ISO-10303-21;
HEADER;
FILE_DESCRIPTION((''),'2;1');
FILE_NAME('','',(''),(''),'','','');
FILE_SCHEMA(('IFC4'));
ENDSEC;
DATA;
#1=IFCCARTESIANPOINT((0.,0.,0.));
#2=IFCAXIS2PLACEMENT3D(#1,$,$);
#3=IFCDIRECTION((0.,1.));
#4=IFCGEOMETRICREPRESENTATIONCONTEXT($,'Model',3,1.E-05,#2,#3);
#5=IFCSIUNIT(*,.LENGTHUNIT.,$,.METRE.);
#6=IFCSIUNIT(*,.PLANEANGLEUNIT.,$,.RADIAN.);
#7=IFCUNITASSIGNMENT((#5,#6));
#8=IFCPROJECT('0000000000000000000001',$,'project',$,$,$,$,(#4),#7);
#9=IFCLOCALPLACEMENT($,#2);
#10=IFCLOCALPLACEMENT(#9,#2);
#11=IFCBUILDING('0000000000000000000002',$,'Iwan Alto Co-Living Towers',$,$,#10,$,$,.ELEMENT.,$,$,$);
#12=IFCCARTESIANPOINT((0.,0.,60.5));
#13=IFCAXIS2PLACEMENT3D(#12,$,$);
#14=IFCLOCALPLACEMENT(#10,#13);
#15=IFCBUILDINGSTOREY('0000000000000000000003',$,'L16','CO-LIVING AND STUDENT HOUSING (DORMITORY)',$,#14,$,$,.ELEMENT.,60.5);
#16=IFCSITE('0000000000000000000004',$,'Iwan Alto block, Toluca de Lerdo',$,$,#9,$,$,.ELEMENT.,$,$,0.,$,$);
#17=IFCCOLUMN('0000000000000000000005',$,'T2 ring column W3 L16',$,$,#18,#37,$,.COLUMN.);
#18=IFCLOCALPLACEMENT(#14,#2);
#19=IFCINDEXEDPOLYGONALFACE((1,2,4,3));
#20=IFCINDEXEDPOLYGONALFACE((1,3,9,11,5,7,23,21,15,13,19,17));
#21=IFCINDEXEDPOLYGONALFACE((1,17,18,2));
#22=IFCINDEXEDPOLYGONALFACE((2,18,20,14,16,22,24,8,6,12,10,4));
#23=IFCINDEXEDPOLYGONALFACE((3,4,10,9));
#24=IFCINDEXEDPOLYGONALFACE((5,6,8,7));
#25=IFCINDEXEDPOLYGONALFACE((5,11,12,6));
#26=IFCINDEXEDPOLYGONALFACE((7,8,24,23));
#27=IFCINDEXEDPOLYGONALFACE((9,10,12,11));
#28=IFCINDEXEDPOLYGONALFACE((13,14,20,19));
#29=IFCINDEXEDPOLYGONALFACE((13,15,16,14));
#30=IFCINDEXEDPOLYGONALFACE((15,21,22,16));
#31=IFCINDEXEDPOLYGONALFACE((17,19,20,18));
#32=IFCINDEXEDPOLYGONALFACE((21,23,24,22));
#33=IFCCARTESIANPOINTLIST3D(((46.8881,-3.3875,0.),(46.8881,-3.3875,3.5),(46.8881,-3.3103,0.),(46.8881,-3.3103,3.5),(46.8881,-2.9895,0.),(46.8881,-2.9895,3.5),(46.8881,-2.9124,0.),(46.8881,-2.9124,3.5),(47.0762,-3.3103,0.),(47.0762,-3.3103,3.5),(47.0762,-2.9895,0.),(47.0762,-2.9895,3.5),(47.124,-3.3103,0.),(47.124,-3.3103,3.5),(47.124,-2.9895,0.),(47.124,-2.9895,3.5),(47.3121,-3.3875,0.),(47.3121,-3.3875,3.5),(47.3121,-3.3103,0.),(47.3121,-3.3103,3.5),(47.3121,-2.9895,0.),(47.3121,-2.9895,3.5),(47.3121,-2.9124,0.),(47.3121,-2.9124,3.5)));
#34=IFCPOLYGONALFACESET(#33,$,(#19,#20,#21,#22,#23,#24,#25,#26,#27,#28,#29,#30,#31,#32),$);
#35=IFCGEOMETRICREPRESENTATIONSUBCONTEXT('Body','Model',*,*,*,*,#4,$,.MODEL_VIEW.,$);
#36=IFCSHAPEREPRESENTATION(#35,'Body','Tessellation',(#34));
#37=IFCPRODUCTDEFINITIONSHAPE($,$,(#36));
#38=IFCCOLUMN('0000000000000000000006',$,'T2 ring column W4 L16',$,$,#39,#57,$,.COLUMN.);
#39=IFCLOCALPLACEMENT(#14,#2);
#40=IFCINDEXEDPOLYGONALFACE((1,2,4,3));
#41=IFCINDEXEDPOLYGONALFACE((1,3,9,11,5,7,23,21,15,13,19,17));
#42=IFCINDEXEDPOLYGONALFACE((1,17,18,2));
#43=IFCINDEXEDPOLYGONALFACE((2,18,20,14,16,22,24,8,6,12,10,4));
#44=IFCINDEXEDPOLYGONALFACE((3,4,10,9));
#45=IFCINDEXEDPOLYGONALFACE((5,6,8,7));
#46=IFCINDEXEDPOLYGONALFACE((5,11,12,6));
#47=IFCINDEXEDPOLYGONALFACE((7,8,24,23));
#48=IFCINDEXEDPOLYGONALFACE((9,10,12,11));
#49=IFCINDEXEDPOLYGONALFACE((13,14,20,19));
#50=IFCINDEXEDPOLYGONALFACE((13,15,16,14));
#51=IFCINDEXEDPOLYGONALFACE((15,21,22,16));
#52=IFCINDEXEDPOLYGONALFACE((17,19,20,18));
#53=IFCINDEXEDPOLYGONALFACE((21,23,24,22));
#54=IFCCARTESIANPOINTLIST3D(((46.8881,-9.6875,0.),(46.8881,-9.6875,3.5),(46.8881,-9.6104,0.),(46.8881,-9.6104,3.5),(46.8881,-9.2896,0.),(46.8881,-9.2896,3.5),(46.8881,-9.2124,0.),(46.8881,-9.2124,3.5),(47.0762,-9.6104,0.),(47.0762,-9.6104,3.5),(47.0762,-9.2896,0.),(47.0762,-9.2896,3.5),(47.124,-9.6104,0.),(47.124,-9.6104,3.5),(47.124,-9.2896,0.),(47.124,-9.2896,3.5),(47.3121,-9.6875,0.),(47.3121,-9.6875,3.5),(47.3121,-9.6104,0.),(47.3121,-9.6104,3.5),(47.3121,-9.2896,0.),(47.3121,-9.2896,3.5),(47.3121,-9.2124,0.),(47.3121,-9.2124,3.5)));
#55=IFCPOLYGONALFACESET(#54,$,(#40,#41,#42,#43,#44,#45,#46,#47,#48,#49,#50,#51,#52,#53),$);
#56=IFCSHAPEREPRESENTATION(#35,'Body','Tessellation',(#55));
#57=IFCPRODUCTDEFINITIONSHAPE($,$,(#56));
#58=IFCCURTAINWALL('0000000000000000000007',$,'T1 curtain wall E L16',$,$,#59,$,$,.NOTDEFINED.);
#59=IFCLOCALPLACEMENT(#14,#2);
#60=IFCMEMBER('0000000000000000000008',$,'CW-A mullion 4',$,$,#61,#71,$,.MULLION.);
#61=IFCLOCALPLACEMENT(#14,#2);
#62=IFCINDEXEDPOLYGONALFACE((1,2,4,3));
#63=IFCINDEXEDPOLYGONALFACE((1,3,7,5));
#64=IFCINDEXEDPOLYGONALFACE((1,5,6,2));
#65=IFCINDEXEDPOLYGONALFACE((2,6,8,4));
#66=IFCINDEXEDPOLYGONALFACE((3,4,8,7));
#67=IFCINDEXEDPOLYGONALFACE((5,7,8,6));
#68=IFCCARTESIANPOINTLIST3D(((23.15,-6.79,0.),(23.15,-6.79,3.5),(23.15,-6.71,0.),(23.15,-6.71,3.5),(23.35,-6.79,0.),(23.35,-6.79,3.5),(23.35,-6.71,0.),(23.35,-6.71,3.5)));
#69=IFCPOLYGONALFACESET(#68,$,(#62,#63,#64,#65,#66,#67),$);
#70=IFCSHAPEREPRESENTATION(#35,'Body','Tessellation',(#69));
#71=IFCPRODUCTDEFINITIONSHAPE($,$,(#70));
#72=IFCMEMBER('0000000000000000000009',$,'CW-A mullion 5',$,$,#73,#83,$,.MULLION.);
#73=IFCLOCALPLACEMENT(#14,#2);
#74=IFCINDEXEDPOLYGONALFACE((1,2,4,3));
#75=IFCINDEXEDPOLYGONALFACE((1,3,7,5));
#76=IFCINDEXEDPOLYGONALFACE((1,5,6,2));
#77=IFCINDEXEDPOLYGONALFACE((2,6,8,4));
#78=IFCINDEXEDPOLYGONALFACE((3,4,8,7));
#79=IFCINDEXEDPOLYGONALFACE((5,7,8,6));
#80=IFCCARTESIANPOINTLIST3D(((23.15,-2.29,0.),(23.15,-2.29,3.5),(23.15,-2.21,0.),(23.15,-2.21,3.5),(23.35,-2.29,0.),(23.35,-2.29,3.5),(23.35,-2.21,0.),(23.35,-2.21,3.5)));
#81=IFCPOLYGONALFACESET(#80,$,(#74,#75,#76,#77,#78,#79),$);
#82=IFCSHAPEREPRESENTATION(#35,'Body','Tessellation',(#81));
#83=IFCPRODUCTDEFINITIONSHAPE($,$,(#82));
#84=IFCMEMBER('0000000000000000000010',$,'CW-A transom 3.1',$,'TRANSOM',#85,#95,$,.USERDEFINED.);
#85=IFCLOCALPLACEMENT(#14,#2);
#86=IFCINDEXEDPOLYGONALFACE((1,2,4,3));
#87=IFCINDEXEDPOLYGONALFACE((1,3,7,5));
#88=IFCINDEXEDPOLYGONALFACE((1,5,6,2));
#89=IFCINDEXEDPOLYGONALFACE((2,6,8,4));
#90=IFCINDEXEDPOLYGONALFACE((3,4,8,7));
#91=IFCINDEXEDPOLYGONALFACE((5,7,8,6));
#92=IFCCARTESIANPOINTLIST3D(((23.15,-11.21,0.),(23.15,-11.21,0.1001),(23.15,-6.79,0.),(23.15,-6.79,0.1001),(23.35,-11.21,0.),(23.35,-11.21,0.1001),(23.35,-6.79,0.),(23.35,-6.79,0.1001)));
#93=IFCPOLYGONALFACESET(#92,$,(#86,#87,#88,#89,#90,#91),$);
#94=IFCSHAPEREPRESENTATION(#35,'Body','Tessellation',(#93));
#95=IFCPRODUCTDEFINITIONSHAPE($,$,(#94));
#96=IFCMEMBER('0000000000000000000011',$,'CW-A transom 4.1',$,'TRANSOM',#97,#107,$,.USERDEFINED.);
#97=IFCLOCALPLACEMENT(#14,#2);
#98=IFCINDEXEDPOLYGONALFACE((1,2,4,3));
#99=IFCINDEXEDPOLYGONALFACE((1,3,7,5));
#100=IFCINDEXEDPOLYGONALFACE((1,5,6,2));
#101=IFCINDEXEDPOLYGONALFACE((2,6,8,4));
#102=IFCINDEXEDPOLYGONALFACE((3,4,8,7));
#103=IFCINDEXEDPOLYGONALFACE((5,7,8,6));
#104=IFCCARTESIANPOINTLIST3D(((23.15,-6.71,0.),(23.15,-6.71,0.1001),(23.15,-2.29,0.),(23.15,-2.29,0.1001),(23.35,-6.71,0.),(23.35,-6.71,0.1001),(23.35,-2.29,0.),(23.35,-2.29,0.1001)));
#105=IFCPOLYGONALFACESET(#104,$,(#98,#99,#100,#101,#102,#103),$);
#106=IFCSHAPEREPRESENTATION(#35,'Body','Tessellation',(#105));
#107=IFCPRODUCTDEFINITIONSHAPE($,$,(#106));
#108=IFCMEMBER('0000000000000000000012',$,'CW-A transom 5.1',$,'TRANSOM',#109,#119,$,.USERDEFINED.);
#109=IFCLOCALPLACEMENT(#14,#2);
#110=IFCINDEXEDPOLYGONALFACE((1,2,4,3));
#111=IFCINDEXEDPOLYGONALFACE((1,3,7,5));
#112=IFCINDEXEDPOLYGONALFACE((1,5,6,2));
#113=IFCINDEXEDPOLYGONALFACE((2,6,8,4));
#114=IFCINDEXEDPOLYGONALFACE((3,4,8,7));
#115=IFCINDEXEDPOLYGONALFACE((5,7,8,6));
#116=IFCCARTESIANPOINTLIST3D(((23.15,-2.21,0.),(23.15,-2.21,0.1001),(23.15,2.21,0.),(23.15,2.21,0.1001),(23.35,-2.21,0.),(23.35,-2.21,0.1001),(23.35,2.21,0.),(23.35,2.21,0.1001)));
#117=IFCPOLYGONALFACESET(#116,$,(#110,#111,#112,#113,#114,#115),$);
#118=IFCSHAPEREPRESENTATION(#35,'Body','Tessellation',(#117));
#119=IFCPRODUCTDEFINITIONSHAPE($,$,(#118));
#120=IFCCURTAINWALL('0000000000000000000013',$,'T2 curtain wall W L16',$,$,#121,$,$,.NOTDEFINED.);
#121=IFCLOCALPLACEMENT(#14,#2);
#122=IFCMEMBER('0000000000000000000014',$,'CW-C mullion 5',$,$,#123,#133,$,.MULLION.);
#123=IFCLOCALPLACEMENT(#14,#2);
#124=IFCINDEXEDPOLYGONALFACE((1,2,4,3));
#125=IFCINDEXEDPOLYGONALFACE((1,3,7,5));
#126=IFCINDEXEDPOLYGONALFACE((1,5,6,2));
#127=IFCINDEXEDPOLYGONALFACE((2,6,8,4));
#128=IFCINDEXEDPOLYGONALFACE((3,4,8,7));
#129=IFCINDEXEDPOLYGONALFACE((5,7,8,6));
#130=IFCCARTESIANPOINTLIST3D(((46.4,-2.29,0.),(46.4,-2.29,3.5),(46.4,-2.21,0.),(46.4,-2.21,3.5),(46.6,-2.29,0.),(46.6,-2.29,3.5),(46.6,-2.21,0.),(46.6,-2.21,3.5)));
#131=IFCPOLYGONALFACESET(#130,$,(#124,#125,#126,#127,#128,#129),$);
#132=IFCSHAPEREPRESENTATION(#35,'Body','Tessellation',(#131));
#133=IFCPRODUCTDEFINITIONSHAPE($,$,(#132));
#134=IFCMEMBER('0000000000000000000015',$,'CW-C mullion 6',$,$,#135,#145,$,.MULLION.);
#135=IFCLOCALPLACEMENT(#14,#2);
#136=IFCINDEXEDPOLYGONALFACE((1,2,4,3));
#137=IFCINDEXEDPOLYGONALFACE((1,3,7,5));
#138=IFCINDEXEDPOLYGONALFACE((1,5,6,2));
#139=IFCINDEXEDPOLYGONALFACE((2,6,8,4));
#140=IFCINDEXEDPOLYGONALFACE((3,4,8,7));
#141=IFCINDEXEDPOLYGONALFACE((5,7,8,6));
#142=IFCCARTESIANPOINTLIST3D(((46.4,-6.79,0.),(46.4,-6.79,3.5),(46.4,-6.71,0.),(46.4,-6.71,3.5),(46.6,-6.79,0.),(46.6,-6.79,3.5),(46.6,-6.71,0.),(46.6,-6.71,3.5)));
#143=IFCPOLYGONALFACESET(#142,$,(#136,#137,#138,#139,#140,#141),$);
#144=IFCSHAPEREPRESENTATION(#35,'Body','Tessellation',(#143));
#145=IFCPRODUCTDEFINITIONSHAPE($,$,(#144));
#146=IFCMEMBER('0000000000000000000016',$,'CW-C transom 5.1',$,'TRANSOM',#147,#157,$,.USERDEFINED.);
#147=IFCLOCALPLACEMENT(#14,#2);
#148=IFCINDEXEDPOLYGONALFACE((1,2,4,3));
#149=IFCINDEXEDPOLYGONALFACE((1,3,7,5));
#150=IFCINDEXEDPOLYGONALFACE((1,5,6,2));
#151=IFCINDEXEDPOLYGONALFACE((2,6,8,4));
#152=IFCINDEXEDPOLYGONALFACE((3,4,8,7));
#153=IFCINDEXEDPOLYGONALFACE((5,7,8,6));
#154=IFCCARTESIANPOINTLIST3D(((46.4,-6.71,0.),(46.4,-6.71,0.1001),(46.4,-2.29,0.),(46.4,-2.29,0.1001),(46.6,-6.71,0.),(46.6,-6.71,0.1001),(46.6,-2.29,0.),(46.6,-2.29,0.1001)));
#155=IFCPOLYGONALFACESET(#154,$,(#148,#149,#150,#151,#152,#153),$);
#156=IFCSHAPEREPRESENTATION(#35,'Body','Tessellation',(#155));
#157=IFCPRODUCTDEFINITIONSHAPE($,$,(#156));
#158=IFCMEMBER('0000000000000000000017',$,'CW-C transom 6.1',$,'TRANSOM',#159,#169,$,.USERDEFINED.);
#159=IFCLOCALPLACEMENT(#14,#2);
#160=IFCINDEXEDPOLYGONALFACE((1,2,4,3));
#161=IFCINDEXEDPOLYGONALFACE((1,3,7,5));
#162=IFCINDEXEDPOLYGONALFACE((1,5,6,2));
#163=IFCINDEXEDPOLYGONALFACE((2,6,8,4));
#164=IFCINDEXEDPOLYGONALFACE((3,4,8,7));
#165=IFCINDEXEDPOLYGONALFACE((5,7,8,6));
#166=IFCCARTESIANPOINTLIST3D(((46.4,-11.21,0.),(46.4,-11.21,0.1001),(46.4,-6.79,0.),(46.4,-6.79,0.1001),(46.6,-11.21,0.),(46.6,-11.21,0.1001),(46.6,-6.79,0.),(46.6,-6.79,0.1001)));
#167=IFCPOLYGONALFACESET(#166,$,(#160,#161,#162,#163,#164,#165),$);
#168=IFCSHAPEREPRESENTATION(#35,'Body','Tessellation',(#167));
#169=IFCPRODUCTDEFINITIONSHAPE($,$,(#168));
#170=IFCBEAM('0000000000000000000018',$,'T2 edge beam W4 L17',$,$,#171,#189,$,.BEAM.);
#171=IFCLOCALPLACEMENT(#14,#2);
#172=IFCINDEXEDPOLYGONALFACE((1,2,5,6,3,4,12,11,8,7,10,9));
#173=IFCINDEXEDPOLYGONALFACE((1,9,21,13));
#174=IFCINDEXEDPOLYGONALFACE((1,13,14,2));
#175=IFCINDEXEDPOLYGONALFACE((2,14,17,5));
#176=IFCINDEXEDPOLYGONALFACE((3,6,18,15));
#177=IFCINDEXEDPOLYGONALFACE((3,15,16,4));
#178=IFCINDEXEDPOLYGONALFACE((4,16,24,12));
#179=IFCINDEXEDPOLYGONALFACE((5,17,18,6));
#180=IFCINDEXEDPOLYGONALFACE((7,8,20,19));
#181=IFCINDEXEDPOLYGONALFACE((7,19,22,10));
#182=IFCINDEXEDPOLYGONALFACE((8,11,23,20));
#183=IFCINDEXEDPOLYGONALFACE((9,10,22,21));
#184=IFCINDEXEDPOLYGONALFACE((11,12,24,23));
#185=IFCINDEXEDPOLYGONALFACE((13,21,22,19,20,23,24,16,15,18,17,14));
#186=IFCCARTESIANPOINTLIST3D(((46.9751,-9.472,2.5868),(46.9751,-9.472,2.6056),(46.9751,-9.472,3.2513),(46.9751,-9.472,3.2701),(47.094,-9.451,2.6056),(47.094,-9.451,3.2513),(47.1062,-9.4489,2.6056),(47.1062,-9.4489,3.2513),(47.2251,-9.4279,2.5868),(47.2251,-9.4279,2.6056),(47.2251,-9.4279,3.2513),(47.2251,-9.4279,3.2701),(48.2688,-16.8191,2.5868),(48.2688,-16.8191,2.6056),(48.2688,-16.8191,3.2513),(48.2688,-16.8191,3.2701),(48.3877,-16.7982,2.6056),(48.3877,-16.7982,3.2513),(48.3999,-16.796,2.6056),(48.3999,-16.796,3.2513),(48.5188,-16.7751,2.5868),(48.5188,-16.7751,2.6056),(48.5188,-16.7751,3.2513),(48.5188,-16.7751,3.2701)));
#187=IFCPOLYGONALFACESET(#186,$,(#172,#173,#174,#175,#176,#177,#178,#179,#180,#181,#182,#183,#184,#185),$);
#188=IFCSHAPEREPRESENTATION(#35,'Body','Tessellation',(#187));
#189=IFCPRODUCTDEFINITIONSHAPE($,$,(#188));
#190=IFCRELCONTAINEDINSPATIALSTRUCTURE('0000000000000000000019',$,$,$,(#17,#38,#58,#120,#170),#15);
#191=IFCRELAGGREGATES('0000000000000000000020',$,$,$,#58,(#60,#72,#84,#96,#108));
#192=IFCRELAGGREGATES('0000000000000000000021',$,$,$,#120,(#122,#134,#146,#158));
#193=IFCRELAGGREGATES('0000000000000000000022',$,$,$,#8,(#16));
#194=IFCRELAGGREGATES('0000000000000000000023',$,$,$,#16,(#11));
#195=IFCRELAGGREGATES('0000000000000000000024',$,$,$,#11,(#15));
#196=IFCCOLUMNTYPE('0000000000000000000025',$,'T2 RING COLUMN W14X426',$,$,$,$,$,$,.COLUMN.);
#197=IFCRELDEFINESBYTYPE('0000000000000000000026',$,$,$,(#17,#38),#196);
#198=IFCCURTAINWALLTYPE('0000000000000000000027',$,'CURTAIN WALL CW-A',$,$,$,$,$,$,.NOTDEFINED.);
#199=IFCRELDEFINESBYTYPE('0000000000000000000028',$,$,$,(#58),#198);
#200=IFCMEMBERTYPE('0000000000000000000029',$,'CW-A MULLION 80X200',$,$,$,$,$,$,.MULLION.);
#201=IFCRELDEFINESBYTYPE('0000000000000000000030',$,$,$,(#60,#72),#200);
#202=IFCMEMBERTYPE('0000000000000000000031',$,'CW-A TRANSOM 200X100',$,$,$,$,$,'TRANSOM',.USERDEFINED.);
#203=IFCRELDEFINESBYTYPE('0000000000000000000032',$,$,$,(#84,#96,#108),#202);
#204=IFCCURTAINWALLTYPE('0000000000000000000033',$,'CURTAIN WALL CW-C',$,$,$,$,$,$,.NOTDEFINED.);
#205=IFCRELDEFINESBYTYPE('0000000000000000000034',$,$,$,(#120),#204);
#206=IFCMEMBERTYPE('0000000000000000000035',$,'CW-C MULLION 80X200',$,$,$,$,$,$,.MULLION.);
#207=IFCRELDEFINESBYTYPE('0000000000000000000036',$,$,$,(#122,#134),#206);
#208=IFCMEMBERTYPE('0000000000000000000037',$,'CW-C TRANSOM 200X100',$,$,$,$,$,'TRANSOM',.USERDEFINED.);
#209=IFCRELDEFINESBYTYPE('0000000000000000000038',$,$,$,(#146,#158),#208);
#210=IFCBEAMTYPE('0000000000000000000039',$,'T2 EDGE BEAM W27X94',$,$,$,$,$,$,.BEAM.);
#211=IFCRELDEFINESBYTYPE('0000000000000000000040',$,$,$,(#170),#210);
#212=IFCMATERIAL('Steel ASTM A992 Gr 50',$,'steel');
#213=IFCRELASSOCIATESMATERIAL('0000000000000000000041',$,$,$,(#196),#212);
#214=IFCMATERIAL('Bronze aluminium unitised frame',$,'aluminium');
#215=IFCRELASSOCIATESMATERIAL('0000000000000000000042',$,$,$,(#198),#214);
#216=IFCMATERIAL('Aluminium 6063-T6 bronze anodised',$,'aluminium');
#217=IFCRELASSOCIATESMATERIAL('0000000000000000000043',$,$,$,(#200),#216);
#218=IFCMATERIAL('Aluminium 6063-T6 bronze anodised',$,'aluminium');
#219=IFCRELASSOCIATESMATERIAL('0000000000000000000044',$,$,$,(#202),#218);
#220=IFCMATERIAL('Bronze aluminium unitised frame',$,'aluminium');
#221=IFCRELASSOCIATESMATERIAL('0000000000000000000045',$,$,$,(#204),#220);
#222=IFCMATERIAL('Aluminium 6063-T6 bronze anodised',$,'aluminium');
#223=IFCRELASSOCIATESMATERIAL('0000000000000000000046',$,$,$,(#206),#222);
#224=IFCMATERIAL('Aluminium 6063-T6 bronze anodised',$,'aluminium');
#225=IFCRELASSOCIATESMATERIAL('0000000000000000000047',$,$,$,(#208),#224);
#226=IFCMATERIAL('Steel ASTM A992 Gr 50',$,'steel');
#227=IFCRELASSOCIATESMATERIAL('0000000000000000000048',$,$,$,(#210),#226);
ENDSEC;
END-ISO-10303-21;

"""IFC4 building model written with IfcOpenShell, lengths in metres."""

from ifc_helpers import new_model, si_unit, direction, frame, origin, origin_2d, place, context, subcontext, project, spatial, rectangle, i_section, extrude, material, material_profile, profile_set, type_object, element, aggregate, save


model = new_model("IFC4")

# Units and contexts
model_context = context("Model", 3, precision=1e-05, world=origin(), true_north=direction((0.0, 1.0)))
body_context = subcontext(model_context, "Body", "Model", "MODEL_VIEW")
ifc_project = project(units=[si_unit("LENGTHUNIT", "METRE"), si_unit("PLANEANGLEUNIT", "RADIAN")], contexts=[model_context])

# Site, building, storey
site_placement = place(None, origin())
site = spatial("IfcSite", under=ifc_project, at=site_placement, Name="Iwan Alto block, Toluca de Lerdo", CompositionType="ELEMENT", RefElevation=0.0)
building_placement = place(site_placement, origin())
building = spatial("IfcBuilding", under=site, at=building_placement, Name="Iwan Alto Co-Living Towers", CompositionType="ELEMENT")
storey_placement = place(building_placement, frame((0.0, 0.0, 60.5)))
storey = spatial("IfcBuildingStorey", under=building, at=storey_placement, Name="L16", Description="CO-LIVING AND STUDENT HOUSING (DORMITORY)", CompositionType="ELEMENT", Elevation=60.5)

# Columns
ifc_material_1 = material(Name="Steel ASTM A992 Gr 50", Category="steel")
ifc_material_profile_1 = material_profile(ifc_material_1, i_section(OverallWidth=0.4241, OverallDepth=0.4751, WebThickness=0.0479, FlangeThickness=0.0771, at=origin_2d()), Name="W14X426")
ifc_profile_set_1 = profile_set([ifc_material_profile_1], Name="Steel ASTM A992 Gr 50")
column_type = type_object("IfcColumnType", Name="T2 RING COLUMN W14X426", PredefinedType="COLUMN", material=ifc_profile_set_1)
for number, where, z_axis, x_axis, name in (
    (1, (47.1001, -3.1499, 0.0), (0.0, 0.0, 1.0), (1.0, 0.0, 0.0), "T2 ring column W3 L16"),
    (2, (47.1001, -9.45, 0.0), (0.0, 0.0, 1.0), (1.0, 0.0, 0.0), "T2 ring column W4 L16"),
):
    element("IfcColumn", number, at=place(storey_placement, frame(where, z_axis=z_axis, x_axis=x_axis)), inside=storey, type_object=column_type, Name=name, PredefinedType="COLUMN", context=body_context, shape_type="SweptSolid", body=[
        extrude(i_section(OverallWidth=0.4241, OverallDepth=0.4751, WebThickness=0.0479, FlangeThickness=0.0771, at=origin_2d()), origin(), (0.0, 0.0, 1.0), 3.5),
    ])

# Curtain walls, members
ifc_material_2 = material(Name="Bronze aluminium unitised frame", Category="aluminium")
curtain_wall_type_1 = type_object("IfcCurtainWallType", Name="CURTAIN WALL CW-A", PredefinedType="NOTDEFINED", material=ifc_material_2)
curtain_wall_1_placement = place(storey_placement, origin())
curtain_wall_1 = element("IfcCurtainWall", 3, at=curtain_wall_1_placement, inside=storey, type_object=curtain_wall_type_1, Name="T1 curtain wall E L16", PredefinedType="NOTDEFINED")
ifc_material_3 = material(Name="Aluminium 6063-T6 bronze anodised", Category="aluminium")
ifc_material_profile_2 = material_profile(ifc_material_3, rectangle(XDim=0.2, YDim=0.0801, at=origin_2d()), Name="AL 80X200")
ifc_profile_set_2 = profile_set([ifc_material_profile_2], Name="Aluminium 6063-T6 bronze anodised")
member_type_1 = type_object("IfcMemberType", Name="CW-A MULLION 80X200", PredefinedType="MULLION", material=ifc_profile_set_2)
member_1_placement = place(storey_placement, frame((23.25, -6.75, 0.0), z_axis=(0.0, 0.0, 1.0), x_axis=(-1.0, 0.0, 0.0)))
member_1 = element("IfcMember", 4, at=member_1_placement, type_object=member_type_1, Name="CW-A mullion 4", PredefinedType="MULLION", context=body_context, shape_type="SweptSolid", body=[
    extrude(rectangle(XDim=0.2, YDim=0.0801, at=origin_2d()), origin(), (0.0, 0.0, 1.0), 3.5),
])
member_2_placement = place(storey_placement, frame((23.25, -2.25, 0.0), z_axis=(0.0, 0.0, 1.0), x_axis=(-1.0, 0.0, 0.0)))
member_2 = element("IfcMember", 5, at=member_2_placement, type_object=member_type_1, Name="CW-A mullion 5", PredefinedType="MULLION", context=body_context, shape_type="SweptSolid", body=[
    extrude(rectangle(XDim=0.2, YDim=0.0801, at=origin_2d()), origin(), (0.0, 0.0, 1.0), 3.5),
])
ifc_material_4 = material(Name="Aluminium 6063-T6 bronze anodised", Category="aluminium")
ifc_material_profile_3 = material_profile(ifc_material_4, rectangle(XDim=0.2, YDim=0.1001, at=origin_2d()), Name="AL 200X100")
ifc_profile_set_3 = profile_set([ifc_material_profile_3], Name="Aluminium 6063-T6 bronze anodised")
member_type_2 = type_object("IfcMemberType", Name="CW-A TRANSOM 200X100", ElementType="TRANSOM", PredefinedType="USERDEFINED", material=ifc_profile_set_3)
member_3_placement = place(storey_placement, frame((23.25, -11.21, 0.05), z_axis=(0.0, 1.0, 0.0), x_axis=(-1.0, 0.0, 0.0)))
member_3 = element("IfcMember", 6, at=member_3_placement, type_object=member_type_2, Name="CW-A transom 3.1", ObjectType="TRANSOM", PredefinedType="USERDEFINED", context=body_context, shape_type="SweptSolid", body=[
    extrude(rectangle(XDim=0.2, YDim=0.1001, at=origin_2d()), origin(), (0.0, 0.0, 1.0), 4.4199),
])
member_4_placement = place(storey_placement, frame((23.25, -6.71, 0.05), z_axis=(0.0, 1.0, 0.0), x_axis=(-1.0, 0.0, 0.0)))
member_4 = element("IfcMember", 7, at=member_4_placement, type_object=member_type_2, Name="CW-A transom 4.1", ObjectType="TRANSOM", PredefinedType="USERDEFINED", context=body_context, shape_type="SweptSolid", body=[
    extrude(rectangle(XDim=0.2, YDim=0.1001, at=origin_2d()), origin(), (0.0, 0.0, 1.0), 4.4199),
])
member_5_placement = place(storey_placement, frame((23.25, -2.21, 0.05), z_axis=(0.0, 1.0, 0.0), x_axis=(-1.0, 0.0, 0.0)))
member_5 = element("IfcMember", 8, at=member_5_placement, type_object=member_type_2, Name="CW-A transom 5.1", ObjectType="TRANSOM", PredefinedType="USERDEFINED", context=body_context, shape_type="SweptSolid", body=[
    extrude(rectangle(XDim=0.2, YDim=0.1001, at=origin_2d()), origin(), (0.0, 0.0, 1.0), 4.4199),
])
ifc_material_5 = material(Name="Bronze aluminium unitised frame", Category="aluminium")
curtain_wall_type_2 = type_object("IfcCurtainWallType", Name="CURTAIN WALL CW-C", PredefinedType="NOTDEFINED", material=ifc_material_5)
curtain_wall_2_placement = place(storey_placement, origin())
curtain_wall_2 = element("IfcCurtainWall", 9, at=curtain_wall_2_placement, inside=storey, type_object=curtain_wall_type_2, Name="T2 curtain wall W L16", PredefinedType="NOTDEFINED")
ifc_material_6 = material(Name="Aluminium 6063-T6 bronze anodised", Category="aluminium")
ifc_material_profile_4 = material_profile(ifc_material_6, rectangle(XDim=0.2, YDim=0.0801, at=origin_2d()), Name="AL 80X200")
ifc_profile_set_4 = profile_set([ifc_material_profile_4], Name="Aluminium 6063-T6 bronze anodised")
member_type_3 = type_object("IfcMemberType", Name="CW-C MULLION 80X200", PredefinedType="MULLION", material=ifc_profile_set_4)
member_6_placement = place(storey_placement, frame((46.5, -2.25, 0.0), z_axis=(0.0, 0.0, 1.0), x_axis=(1.0, 0.0, 0.0)))
member_6 = element("IfcMember", 10, at=member_6_placement, type_object=member_type_3, Name="CW-C mullion 5", PredefinedType="MULLION", context=body_context, shape_type="SweptSolid", body=[
    extrude(rectangle(XDim=0.2, YDim=0.0801, at=origin_2d()), origin(), (0.0, 0.0, 1.0), 3.5),
])
member_7_placement = place(storey_placement, frame((46.5, -6.75, 0.0), z_axis=(0.0, 0.0, 1.0), x_axis=(1.0, 0.0, 0.0)))
member_7 = element("IfcMember", 11, at=member_7_placement, type_object=member_type_3, Name="CW-C mullion 6", PredefinedType="MULLION", context=body_context, shape_type="SweptSolid", body=[
    extrude(rectangle(XDim=0.2, YDim=0.0801, at=origin_2d()), origin(), (0.0, 0.0, 1.0), 3.5),
])
ifc_material_7 = material(Name="Aluminium 6063-T6 bronze anodised", Category="aluminium")
ifc_material_profile_5 = material_profile(ifc_material_7, rectangle(XDim=0.2, YDim=0.1001, at=origin_2d()), Name="AL 200X100")
ifc_profile_set_5 = profile_set([ifc_material_profile_5], Name="Aluminium 6063-T6 bronze anodised")
member_type_4 = type_object("IfcMemberType", Name="CW-C TRANSOM 200X100", ElementType="TRANSOM", PredefinedType="USERDEFINED", material=ifc_profile_set_5)
member_8_placement = place(storey_placement, frame((46.5, -2.29, 0.05), z_axis=(0.0, -1.0, 0.0), x_axis=(1.0, 0.0, 0.0)))
member_8 = element("IfcMember", 12, at=member_8_placement, type_object=member_type_4, Name="CW-C transom 5.1", ObjectType="TRANSOM", PredefinedType="USERDEFINED", context=body_context, shape_type="SweptSolid", body=[
    extrude(rectangle(XDim=0.2, YDim=0.1001, at=origin_2d()), origin(), (0.0, 0.0, 1.0), 4.4199),
])
member_9_placement = place(storey_placement, frame((46.5, -6.79, 0.05), z_axis=(0.0, -1.0, 0.0), x_axis=(1.0, 0.0, 0.0)))
member_9 = element("IfcMember", 13, at=member_9_placement, type_object=member_type_4, Name="CW-C transom 6.1", ObjectType="TRANSOM", PredefinedType="USERDEFINED", context=body_context, shape_type="SweptSolid", body=[
    extrude(rectangle(XDim=0.2, YDim=0.1001, at=origin_2d()), origin(), (0.0, 0.0, 1.0), 4.4199),
])

# Beam
ifc_material_8 = material(Name="Steel ASTM A992 Gr 50", Category="steel")
ifc_material_profile_6 = material_profile(ifc_material_8, i_section(OverallWidth=0.2539, OverallDepth=0.6833, WebThickness=0.0125, FlangeThickness=0.0188, at=origin_2d()), Name="W27X94")
ifc_profile_set_6 = profile_set([ifc_material_profile_6], Name="Steel ASTM A992 Gr 50")
beam_type_1 = type_object("IfcBeamType", Name="T2 EDGE BEAM W27X94", PredefinedType="BEAM", material=ifc_profile_set_6)
beam_1_placement = place(storey_placement, frame((47.1001, -9.45, 2.9285), z_axis=(0.173414, -0.984849, 0.0), x_axis=(0.984849, 0.173414, 0.0)))
element("IfcBeam", 14, at=beam_1_placement, inside=storey, type_object=beam_type_1, Name="T2 edge beam W4 L17", PredefinedType="BEAM", context=body_context, shape_type="SweptSolid", body=[
    extrude(i_section(OverallWidth=0.2539, OverallDepth=0.6833, WebThickness=0.0125, FlangeThickness=0.0188, at=origin_2d()), origin(), (0.0, 0.0, 1.0), 7.4602),
])

aggregate(curtain_wall_1, [member_1, member_2, member_3, member_4, member_5])
aggregate(curtain_wall_2, [member_6, member_7, member_8, member_9])

save(model, "model.ifc")
